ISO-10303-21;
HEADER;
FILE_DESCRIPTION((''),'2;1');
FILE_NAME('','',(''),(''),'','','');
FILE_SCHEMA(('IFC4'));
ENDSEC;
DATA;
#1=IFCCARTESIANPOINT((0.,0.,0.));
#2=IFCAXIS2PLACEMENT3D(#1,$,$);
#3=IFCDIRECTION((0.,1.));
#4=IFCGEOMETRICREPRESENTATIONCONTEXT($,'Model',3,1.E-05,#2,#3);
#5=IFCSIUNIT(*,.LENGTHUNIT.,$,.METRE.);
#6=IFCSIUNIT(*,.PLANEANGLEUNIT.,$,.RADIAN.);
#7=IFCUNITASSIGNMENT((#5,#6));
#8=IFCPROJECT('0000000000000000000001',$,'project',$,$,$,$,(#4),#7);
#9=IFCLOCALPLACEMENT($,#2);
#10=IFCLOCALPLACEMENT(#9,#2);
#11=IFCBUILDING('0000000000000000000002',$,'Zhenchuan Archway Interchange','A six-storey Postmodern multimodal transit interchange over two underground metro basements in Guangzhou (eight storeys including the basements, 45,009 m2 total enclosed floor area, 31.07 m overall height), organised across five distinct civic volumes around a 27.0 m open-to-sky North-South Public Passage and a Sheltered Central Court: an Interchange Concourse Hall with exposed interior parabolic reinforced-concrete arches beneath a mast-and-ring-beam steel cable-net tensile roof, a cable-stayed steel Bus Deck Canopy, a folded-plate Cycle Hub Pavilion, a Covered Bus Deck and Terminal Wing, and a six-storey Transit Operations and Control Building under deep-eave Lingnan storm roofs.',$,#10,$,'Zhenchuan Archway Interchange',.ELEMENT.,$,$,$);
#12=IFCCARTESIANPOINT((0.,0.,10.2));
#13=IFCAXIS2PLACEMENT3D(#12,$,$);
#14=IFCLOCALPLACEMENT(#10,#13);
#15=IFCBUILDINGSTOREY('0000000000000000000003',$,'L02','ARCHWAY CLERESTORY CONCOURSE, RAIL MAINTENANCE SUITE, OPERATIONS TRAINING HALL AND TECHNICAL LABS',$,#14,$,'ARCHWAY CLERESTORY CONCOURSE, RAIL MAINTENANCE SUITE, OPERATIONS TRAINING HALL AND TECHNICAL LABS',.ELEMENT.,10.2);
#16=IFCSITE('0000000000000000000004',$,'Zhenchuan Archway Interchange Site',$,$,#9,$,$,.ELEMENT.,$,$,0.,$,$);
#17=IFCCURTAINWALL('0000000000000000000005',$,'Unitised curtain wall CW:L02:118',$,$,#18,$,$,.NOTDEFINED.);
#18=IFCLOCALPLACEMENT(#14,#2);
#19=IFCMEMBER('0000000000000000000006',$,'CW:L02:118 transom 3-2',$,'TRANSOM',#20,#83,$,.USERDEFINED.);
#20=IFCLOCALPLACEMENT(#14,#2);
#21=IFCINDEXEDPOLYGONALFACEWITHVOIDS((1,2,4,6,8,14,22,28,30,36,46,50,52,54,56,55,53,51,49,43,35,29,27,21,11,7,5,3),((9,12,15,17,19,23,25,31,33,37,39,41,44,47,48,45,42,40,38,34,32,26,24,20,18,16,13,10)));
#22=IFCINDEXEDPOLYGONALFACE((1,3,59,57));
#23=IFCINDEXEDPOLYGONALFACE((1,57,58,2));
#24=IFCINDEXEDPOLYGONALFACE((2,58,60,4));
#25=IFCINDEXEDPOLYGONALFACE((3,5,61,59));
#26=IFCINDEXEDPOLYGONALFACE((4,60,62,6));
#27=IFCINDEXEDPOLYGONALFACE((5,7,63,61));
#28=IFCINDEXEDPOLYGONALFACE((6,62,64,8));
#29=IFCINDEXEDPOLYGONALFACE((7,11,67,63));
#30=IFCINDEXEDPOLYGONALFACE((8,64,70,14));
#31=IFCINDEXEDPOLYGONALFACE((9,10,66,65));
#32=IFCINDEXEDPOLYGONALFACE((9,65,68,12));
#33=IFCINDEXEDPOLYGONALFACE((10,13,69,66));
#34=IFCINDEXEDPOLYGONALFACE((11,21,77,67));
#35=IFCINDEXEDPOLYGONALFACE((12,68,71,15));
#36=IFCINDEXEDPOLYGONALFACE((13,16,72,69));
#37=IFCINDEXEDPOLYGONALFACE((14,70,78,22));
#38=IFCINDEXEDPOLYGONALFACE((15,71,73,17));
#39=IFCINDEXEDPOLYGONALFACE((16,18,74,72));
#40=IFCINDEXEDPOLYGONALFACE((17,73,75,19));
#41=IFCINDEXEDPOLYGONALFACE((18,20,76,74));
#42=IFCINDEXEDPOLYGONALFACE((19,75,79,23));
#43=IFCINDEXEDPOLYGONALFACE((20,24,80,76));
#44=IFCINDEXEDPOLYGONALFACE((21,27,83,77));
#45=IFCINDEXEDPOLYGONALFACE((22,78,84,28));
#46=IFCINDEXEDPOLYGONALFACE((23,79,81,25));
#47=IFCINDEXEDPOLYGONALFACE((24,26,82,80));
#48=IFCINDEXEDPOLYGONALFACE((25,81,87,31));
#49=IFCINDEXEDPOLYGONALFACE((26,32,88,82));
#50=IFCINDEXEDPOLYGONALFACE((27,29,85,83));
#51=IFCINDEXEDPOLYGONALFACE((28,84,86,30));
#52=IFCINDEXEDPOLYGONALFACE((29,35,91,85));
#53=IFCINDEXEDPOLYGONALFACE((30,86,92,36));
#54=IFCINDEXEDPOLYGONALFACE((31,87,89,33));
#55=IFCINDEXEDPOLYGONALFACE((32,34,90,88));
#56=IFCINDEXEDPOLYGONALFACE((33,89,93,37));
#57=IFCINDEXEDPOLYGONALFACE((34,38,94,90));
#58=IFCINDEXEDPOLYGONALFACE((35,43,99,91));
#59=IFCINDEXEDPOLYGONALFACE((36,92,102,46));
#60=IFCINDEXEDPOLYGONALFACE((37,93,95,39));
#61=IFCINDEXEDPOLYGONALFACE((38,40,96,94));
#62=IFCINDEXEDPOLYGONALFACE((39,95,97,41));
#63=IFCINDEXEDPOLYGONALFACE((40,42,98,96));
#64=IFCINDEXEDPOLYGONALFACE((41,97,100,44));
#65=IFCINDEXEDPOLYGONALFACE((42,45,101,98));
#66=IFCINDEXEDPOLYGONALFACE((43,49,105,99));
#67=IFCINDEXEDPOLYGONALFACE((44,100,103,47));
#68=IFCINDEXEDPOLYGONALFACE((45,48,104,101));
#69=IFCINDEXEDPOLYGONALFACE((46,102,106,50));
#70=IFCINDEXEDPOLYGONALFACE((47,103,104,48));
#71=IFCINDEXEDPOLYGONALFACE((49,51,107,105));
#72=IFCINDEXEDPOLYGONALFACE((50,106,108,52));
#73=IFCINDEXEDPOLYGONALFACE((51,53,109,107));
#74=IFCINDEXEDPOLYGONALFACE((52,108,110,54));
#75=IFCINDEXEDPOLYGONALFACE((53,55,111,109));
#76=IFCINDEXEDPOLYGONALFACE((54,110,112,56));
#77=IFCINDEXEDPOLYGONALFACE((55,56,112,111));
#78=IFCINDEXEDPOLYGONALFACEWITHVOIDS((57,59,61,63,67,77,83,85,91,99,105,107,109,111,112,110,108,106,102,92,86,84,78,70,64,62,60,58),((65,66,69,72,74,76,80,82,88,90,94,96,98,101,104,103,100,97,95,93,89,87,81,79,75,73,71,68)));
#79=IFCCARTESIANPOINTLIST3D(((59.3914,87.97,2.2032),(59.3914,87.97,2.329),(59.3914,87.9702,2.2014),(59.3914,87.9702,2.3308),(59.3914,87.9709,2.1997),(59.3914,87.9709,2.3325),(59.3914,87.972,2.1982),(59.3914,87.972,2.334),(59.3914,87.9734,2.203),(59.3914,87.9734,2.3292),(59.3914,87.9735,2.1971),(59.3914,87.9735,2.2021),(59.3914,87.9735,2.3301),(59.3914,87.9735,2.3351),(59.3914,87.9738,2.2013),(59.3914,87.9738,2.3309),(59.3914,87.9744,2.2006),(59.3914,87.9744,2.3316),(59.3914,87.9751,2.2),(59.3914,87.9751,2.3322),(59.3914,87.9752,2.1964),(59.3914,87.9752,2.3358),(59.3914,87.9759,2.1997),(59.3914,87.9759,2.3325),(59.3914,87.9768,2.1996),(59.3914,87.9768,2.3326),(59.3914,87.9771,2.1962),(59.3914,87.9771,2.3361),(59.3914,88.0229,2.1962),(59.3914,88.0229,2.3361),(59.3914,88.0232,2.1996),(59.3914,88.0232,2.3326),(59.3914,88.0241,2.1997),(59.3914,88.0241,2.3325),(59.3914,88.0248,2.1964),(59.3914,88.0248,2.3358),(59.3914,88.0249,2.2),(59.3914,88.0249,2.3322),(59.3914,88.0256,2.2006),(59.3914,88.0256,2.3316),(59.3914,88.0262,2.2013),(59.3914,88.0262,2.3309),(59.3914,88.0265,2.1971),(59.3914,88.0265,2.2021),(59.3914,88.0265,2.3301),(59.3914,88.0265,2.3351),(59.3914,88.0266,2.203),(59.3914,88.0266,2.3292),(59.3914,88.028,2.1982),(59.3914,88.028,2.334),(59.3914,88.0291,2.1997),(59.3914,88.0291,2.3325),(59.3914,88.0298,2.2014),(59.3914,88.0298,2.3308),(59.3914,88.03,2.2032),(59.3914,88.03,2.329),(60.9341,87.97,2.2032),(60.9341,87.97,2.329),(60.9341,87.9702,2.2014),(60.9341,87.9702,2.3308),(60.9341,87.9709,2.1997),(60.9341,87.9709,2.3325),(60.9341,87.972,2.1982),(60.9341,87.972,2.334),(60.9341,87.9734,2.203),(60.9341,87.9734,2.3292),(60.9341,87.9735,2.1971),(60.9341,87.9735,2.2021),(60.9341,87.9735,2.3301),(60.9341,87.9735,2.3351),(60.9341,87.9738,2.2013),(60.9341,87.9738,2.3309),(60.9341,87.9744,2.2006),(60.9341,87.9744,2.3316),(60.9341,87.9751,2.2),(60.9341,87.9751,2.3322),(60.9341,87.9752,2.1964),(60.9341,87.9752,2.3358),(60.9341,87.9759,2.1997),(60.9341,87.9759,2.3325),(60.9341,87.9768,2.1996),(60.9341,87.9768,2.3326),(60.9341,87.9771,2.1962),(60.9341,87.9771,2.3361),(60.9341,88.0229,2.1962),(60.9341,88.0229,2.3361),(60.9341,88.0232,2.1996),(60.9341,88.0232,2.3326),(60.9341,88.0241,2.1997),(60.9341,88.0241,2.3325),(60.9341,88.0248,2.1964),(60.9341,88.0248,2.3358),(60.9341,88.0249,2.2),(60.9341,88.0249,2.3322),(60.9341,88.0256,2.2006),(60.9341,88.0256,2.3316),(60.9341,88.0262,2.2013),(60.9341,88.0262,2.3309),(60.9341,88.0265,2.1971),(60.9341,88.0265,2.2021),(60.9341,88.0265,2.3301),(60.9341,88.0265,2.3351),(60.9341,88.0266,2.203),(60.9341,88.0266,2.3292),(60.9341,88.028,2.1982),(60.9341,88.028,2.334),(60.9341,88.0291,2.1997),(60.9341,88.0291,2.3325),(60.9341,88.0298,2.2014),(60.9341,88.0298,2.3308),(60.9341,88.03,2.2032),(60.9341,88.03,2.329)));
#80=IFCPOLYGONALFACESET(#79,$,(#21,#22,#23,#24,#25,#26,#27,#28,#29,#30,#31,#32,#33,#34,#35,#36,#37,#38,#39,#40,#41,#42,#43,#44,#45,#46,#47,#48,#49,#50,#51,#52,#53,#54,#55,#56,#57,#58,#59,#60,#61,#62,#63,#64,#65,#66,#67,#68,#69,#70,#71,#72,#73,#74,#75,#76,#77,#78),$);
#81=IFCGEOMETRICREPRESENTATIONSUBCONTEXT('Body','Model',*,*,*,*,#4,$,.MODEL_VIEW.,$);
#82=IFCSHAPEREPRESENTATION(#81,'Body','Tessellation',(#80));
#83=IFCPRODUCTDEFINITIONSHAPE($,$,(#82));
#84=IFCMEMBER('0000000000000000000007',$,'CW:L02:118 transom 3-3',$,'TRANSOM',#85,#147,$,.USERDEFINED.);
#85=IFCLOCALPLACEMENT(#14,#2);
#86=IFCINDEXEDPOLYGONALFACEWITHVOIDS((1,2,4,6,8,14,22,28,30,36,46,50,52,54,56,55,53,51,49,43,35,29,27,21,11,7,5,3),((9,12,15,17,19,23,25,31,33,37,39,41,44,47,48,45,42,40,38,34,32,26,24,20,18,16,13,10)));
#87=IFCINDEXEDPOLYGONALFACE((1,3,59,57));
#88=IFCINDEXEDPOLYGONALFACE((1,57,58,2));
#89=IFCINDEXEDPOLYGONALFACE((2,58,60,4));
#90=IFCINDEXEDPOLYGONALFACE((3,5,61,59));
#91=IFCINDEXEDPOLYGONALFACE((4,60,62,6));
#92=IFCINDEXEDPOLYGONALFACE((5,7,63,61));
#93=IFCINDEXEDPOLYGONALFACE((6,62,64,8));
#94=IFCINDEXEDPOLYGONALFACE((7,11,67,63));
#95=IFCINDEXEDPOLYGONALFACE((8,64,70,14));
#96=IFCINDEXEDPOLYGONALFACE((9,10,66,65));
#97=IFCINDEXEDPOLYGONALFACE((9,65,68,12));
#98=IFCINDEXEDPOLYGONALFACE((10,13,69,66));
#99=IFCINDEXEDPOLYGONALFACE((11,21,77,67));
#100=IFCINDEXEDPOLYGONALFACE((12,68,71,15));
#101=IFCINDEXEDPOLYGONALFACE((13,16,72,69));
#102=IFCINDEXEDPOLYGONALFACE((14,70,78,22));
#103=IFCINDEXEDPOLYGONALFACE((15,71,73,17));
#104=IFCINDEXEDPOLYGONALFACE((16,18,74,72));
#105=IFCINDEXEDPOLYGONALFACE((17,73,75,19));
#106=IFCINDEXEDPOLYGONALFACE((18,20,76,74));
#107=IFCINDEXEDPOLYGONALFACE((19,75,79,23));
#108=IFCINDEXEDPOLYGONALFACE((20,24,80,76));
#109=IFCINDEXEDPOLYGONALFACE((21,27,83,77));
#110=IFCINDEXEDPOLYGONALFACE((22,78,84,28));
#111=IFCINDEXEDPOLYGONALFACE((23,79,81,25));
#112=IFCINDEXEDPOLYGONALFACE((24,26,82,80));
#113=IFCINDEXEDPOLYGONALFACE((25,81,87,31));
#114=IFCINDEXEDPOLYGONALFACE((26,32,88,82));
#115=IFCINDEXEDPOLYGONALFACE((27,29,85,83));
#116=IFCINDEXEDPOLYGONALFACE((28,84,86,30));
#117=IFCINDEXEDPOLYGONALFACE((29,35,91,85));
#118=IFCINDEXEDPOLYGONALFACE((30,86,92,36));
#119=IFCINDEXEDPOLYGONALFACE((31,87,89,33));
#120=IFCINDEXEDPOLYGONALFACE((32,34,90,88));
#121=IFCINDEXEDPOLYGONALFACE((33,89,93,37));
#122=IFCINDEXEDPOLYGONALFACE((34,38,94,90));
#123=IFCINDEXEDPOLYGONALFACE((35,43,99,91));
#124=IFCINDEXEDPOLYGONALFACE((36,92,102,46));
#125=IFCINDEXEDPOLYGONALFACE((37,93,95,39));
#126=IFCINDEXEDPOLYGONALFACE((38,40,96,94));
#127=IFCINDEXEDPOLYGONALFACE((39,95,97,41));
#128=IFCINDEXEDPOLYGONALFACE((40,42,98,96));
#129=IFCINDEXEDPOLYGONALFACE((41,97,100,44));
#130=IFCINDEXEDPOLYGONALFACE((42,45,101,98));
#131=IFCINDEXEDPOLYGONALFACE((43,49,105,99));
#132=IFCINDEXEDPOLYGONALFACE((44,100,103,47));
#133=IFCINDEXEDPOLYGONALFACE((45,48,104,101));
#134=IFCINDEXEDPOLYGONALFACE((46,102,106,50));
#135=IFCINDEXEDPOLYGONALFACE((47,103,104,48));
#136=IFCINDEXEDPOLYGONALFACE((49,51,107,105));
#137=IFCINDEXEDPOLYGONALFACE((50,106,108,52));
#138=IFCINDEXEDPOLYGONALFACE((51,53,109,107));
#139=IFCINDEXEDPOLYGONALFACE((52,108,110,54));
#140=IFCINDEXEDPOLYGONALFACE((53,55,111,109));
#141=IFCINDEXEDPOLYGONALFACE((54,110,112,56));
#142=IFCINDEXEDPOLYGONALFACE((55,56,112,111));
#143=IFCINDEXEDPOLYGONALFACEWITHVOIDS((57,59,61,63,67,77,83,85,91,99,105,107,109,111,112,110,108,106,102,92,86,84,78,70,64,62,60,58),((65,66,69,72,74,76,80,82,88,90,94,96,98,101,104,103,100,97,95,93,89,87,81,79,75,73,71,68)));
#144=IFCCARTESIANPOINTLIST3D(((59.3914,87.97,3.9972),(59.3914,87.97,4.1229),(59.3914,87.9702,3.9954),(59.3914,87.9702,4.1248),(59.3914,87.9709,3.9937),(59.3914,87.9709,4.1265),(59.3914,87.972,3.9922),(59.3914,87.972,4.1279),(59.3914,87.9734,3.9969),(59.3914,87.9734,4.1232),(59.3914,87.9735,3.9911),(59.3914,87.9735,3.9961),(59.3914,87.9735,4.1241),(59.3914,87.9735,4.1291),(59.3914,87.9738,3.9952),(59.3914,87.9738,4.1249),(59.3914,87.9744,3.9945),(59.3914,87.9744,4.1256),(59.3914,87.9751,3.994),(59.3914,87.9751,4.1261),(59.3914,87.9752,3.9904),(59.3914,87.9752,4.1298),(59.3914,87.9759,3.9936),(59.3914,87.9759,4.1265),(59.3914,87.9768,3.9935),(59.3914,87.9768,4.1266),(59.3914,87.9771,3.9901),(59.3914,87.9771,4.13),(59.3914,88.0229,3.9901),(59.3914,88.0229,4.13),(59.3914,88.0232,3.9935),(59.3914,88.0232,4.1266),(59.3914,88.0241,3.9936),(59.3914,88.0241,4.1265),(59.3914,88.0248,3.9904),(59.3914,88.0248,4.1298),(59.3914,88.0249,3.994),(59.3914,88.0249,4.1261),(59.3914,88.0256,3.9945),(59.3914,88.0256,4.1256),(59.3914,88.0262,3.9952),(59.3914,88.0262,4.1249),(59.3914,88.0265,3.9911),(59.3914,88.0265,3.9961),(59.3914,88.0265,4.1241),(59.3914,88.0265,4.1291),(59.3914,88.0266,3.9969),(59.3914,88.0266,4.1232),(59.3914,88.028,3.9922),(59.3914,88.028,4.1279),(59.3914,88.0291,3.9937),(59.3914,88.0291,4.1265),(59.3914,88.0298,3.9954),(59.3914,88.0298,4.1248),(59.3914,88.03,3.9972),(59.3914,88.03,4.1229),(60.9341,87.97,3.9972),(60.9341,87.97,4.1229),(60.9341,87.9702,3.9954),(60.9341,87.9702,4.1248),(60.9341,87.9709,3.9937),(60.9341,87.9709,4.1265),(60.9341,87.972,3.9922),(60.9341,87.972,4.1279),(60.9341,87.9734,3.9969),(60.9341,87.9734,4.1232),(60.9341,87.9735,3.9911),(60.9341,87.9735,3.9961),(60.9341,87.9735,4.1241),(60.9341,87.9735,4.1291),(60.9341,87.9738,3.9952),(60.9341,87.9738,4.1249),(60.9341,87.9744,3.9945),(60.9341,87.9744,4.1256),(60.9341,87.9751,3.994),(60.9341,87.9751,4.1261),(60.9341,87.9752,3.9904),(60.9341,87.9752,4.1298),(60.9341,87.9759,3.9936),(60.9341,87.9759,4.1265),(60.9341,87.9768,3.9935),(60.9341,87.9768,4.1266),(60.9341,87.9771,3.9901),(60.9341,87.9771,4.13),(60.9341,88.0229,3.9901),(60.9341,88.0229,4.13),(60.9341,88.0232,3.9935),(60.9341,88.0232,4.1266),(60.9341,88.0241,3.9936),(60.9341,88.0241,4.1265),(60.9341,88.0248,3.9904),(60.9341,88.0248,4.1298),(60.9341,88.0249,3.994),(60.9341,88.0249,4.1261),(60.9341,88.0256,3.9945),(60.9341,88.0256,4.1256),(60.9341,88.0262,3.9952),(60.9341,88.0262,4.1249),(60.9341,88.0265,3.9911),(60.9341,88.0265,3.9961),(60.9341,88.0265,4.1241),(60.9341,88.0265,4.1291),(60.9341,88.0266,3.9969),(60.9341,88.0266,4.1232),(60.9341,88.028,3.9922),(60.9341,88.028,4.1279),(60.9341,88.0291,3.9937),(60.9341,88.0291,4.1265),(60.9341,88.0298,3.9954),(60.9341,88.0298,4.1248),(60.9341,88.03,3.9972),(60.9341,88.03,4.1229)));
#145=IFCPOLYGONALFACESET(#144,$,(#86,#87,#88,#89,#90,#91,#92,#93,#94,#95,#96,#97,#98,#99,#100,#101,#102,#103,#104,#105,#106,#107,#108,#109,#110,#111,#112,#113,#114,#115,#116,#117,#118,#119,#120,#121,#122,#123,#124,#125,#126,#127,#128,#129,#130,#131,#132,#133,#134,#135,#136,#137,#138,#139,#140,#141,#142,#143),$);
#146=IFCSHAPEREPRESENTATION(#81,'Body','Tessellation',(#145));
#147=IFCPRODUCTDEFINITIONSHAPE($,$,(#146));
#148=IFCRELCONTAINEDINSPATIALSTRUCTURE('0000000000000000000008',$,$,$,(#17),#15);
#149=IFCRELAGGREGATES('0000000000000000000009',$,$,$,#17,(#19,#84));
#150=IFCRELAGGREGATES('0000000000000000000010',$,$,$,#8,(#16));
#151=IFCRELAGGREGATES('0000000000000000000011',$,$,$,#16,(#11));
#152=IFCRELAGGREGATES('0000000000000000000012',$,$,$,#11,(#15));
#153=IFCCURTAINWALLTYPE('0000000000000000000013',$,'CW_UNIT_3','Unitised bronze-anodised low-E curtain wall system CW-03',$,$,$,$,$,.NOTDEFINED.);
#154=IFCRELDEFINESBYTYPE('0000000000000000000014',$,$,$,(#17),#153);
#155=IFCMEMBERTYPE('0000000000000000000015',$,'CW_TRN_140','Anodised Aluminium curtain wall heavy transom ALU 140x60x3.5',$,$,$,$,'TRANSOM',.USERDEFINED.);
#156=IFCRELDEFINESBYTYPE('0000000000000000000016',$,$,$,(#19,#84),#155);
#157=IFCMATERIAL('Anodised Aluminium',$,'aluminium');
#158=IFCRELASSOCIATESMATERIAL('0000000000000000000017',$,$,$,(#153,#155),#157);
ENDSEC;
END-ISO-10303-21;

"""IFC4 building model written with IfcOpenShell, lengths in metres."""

from ifc_helpers import new_model, si_unit, direction, frame, origin, origin_2d, place, context, subcontext, project, spatial, hollow_rectangle, extrude, material, material_profile, profile_set, type_object, element, aggregate, save


model = new_model("IFC4")

# Units and contexts
model_context = context("Model", 3, precision=1e-05, world=origin(), true_north=direction((0.0, 1.0)))
body_context = subcontext(model_context, "Body", "Model", "MODEL_VIEW")
ifc_project = project(units=[si_unit("LENGTHUNIT", "METRE"), si_unit("PLANEANGLEUNIT", "RADIAN")], contexts=[model_context])

# Site, building, storey
site_placement = place(None, origin())
site = spatial("IfcSite", under=ifc_project, at=site_placement, Name="Zhenchuan Archway Interchange Site", CompositionType="ELEMENT", RefElevation=0.0)
building_placement = place(site_placement, origin())
building = spatial("IfcBuilding", under=site, at=building_placement, Name="Zhenchuan Archway Interchange", Description="A six-storey Postmodern multimodal transit interchange over two underground metro basements in Guangzhou (eight storeys including the basements, 45,009 m2 total enclosed floor area, 31.07 m overall height), organised across five distinct civic volumes around a 27.0 m open-to-sky North-South Public Passage and a Sheltered Central Court: an Interchange Concourse Hall with exposed interior parabolic reinforced-concrete arches beneath a mast-and-ring-beam steel cable-net tensile roof, a cable-stayed steel Bus Deck Canopy, a folded-plate Cycle Hub Pavilion, a Covered Bus Deck and Terminal Wing, and a six-storey Transit Operations and Control Building under deep-eave Lingnan storm roofs.", LongName="Zhenchuan Archway Interchange", CompositionType="ELEMENT")
storey_placement = place(building_placement, frame((0.0, 0.0, 10.2)))
storey = spatial("IfcBuildingStorey", under=building, at=storey_placement, Name="L02", Description="ARCHWAY CLERESTORY CONCOURSE, RAIL MAINTENANCE SUITE, OPERATIONS TRAINING HALL AND TECHNICAL LABS", LongName="ARCHWAY CLERESTORY CONCOURSE, RAIL MAINTENANCE SUITE, OPERATIONS TRAINING HALL AND TECHNICAL LABS", CompositionType="ELEMENT", Elevation=10.2)

# Curtain wall, members
ifc_material_1 = material(Name="Anodised Aluminium", Category="aluminium")
curtain_wall_type = type_object("IfcCurtainWallType", Name="CW_UNIT_3", Description="Unitised bronze-anodised low-E curtain wall system CW-03", PredefinedType="NOTDEFINED", material=ifc_material_1)
curtain_wall_placement = place(storey_placement, origin())
curtain_wall = element("IfcCurtainWall", 1, at=curtain_wall_placement, inside=storey, type_object=curtain_wall_type, Name="Unitised curtain wall CW:L02:118", PredefinedType="NOTDEFINED")
ifc_material_profile_1 = material_profile(ifc_material_1, hollow_rectangle(XDim=0.0601, YDim=0.1399, WallThickness=0.0034, InnerFilletRadius=0.0034, OuterFilletRadius=0.0071, at=origin_2d()), Name="ALU 140x60x3.5")
ifc_profile_set_1 = profile_set([ifc_material_profile_1], Name="Anodised Aluminium")
member_type_1 = type_object("IfcMemberType", Name="CW_TRN_140", Description="Anodised Aluminium curtain wall heavy transom ALU 140x60x3.5", ElementType="TRANSOM", PredefinedType="USERDEFINED", material=ifc_profile_set_1)
member_1_placement = place(storey_placement, frame((59.3914, 88.0, 2.2661), z_axis=(1.0, 0.0, 0.0), x_axis=(0.0, 1.0, 0.0)))
member_1 = element("IfcMember", 2, at=member_1_placement, type_object=member_type_1, Name="CW:L02:118 transom 3-2", ObjectType="TRANSOM", PredefinedType="USERDEFINED", context=body_context, shape_type="SweptSolid", body=[
    extrude(hollow_rectangle(XDim=0.0601, YDim=0.1399, WallThickness=0.0034, InnerFilletRadius=0.0034, OuterFilletRadius=0.0071, at=origin_2d()), origin(), (0.0, 0.0, 1.0), 1.5427),
])
member_2_placement = place(storey_placement, frame((59.3914, 88.0, 4.0601), z_axis=(1.0, 0.0, 0.0), x_axis=(0.0, 1.0, 0.0)))
member_2 = element("IfcMember", 3, at=member_2_placement, type_object=member_type_1, Name="CW:L02:118 transom 3-3", ObjectType="TRANSOM", PredefinedType="USERDEFINED", context=body_context, shape_type="SweptSolid", body=[
    extrude(hollow_rectangle(XDim=0.0601, YDim=0.1399, WallThickness=0.0034, InnerFilletRadius=0.0034, OuterFilletRadius=0.0071, at=origin_2d()), origin(), (0.0, 0.0, 1.0), 1.5427),
])

aggregate(curtain_wall, [member_1, member_2])

save(model, "model.ifc")
